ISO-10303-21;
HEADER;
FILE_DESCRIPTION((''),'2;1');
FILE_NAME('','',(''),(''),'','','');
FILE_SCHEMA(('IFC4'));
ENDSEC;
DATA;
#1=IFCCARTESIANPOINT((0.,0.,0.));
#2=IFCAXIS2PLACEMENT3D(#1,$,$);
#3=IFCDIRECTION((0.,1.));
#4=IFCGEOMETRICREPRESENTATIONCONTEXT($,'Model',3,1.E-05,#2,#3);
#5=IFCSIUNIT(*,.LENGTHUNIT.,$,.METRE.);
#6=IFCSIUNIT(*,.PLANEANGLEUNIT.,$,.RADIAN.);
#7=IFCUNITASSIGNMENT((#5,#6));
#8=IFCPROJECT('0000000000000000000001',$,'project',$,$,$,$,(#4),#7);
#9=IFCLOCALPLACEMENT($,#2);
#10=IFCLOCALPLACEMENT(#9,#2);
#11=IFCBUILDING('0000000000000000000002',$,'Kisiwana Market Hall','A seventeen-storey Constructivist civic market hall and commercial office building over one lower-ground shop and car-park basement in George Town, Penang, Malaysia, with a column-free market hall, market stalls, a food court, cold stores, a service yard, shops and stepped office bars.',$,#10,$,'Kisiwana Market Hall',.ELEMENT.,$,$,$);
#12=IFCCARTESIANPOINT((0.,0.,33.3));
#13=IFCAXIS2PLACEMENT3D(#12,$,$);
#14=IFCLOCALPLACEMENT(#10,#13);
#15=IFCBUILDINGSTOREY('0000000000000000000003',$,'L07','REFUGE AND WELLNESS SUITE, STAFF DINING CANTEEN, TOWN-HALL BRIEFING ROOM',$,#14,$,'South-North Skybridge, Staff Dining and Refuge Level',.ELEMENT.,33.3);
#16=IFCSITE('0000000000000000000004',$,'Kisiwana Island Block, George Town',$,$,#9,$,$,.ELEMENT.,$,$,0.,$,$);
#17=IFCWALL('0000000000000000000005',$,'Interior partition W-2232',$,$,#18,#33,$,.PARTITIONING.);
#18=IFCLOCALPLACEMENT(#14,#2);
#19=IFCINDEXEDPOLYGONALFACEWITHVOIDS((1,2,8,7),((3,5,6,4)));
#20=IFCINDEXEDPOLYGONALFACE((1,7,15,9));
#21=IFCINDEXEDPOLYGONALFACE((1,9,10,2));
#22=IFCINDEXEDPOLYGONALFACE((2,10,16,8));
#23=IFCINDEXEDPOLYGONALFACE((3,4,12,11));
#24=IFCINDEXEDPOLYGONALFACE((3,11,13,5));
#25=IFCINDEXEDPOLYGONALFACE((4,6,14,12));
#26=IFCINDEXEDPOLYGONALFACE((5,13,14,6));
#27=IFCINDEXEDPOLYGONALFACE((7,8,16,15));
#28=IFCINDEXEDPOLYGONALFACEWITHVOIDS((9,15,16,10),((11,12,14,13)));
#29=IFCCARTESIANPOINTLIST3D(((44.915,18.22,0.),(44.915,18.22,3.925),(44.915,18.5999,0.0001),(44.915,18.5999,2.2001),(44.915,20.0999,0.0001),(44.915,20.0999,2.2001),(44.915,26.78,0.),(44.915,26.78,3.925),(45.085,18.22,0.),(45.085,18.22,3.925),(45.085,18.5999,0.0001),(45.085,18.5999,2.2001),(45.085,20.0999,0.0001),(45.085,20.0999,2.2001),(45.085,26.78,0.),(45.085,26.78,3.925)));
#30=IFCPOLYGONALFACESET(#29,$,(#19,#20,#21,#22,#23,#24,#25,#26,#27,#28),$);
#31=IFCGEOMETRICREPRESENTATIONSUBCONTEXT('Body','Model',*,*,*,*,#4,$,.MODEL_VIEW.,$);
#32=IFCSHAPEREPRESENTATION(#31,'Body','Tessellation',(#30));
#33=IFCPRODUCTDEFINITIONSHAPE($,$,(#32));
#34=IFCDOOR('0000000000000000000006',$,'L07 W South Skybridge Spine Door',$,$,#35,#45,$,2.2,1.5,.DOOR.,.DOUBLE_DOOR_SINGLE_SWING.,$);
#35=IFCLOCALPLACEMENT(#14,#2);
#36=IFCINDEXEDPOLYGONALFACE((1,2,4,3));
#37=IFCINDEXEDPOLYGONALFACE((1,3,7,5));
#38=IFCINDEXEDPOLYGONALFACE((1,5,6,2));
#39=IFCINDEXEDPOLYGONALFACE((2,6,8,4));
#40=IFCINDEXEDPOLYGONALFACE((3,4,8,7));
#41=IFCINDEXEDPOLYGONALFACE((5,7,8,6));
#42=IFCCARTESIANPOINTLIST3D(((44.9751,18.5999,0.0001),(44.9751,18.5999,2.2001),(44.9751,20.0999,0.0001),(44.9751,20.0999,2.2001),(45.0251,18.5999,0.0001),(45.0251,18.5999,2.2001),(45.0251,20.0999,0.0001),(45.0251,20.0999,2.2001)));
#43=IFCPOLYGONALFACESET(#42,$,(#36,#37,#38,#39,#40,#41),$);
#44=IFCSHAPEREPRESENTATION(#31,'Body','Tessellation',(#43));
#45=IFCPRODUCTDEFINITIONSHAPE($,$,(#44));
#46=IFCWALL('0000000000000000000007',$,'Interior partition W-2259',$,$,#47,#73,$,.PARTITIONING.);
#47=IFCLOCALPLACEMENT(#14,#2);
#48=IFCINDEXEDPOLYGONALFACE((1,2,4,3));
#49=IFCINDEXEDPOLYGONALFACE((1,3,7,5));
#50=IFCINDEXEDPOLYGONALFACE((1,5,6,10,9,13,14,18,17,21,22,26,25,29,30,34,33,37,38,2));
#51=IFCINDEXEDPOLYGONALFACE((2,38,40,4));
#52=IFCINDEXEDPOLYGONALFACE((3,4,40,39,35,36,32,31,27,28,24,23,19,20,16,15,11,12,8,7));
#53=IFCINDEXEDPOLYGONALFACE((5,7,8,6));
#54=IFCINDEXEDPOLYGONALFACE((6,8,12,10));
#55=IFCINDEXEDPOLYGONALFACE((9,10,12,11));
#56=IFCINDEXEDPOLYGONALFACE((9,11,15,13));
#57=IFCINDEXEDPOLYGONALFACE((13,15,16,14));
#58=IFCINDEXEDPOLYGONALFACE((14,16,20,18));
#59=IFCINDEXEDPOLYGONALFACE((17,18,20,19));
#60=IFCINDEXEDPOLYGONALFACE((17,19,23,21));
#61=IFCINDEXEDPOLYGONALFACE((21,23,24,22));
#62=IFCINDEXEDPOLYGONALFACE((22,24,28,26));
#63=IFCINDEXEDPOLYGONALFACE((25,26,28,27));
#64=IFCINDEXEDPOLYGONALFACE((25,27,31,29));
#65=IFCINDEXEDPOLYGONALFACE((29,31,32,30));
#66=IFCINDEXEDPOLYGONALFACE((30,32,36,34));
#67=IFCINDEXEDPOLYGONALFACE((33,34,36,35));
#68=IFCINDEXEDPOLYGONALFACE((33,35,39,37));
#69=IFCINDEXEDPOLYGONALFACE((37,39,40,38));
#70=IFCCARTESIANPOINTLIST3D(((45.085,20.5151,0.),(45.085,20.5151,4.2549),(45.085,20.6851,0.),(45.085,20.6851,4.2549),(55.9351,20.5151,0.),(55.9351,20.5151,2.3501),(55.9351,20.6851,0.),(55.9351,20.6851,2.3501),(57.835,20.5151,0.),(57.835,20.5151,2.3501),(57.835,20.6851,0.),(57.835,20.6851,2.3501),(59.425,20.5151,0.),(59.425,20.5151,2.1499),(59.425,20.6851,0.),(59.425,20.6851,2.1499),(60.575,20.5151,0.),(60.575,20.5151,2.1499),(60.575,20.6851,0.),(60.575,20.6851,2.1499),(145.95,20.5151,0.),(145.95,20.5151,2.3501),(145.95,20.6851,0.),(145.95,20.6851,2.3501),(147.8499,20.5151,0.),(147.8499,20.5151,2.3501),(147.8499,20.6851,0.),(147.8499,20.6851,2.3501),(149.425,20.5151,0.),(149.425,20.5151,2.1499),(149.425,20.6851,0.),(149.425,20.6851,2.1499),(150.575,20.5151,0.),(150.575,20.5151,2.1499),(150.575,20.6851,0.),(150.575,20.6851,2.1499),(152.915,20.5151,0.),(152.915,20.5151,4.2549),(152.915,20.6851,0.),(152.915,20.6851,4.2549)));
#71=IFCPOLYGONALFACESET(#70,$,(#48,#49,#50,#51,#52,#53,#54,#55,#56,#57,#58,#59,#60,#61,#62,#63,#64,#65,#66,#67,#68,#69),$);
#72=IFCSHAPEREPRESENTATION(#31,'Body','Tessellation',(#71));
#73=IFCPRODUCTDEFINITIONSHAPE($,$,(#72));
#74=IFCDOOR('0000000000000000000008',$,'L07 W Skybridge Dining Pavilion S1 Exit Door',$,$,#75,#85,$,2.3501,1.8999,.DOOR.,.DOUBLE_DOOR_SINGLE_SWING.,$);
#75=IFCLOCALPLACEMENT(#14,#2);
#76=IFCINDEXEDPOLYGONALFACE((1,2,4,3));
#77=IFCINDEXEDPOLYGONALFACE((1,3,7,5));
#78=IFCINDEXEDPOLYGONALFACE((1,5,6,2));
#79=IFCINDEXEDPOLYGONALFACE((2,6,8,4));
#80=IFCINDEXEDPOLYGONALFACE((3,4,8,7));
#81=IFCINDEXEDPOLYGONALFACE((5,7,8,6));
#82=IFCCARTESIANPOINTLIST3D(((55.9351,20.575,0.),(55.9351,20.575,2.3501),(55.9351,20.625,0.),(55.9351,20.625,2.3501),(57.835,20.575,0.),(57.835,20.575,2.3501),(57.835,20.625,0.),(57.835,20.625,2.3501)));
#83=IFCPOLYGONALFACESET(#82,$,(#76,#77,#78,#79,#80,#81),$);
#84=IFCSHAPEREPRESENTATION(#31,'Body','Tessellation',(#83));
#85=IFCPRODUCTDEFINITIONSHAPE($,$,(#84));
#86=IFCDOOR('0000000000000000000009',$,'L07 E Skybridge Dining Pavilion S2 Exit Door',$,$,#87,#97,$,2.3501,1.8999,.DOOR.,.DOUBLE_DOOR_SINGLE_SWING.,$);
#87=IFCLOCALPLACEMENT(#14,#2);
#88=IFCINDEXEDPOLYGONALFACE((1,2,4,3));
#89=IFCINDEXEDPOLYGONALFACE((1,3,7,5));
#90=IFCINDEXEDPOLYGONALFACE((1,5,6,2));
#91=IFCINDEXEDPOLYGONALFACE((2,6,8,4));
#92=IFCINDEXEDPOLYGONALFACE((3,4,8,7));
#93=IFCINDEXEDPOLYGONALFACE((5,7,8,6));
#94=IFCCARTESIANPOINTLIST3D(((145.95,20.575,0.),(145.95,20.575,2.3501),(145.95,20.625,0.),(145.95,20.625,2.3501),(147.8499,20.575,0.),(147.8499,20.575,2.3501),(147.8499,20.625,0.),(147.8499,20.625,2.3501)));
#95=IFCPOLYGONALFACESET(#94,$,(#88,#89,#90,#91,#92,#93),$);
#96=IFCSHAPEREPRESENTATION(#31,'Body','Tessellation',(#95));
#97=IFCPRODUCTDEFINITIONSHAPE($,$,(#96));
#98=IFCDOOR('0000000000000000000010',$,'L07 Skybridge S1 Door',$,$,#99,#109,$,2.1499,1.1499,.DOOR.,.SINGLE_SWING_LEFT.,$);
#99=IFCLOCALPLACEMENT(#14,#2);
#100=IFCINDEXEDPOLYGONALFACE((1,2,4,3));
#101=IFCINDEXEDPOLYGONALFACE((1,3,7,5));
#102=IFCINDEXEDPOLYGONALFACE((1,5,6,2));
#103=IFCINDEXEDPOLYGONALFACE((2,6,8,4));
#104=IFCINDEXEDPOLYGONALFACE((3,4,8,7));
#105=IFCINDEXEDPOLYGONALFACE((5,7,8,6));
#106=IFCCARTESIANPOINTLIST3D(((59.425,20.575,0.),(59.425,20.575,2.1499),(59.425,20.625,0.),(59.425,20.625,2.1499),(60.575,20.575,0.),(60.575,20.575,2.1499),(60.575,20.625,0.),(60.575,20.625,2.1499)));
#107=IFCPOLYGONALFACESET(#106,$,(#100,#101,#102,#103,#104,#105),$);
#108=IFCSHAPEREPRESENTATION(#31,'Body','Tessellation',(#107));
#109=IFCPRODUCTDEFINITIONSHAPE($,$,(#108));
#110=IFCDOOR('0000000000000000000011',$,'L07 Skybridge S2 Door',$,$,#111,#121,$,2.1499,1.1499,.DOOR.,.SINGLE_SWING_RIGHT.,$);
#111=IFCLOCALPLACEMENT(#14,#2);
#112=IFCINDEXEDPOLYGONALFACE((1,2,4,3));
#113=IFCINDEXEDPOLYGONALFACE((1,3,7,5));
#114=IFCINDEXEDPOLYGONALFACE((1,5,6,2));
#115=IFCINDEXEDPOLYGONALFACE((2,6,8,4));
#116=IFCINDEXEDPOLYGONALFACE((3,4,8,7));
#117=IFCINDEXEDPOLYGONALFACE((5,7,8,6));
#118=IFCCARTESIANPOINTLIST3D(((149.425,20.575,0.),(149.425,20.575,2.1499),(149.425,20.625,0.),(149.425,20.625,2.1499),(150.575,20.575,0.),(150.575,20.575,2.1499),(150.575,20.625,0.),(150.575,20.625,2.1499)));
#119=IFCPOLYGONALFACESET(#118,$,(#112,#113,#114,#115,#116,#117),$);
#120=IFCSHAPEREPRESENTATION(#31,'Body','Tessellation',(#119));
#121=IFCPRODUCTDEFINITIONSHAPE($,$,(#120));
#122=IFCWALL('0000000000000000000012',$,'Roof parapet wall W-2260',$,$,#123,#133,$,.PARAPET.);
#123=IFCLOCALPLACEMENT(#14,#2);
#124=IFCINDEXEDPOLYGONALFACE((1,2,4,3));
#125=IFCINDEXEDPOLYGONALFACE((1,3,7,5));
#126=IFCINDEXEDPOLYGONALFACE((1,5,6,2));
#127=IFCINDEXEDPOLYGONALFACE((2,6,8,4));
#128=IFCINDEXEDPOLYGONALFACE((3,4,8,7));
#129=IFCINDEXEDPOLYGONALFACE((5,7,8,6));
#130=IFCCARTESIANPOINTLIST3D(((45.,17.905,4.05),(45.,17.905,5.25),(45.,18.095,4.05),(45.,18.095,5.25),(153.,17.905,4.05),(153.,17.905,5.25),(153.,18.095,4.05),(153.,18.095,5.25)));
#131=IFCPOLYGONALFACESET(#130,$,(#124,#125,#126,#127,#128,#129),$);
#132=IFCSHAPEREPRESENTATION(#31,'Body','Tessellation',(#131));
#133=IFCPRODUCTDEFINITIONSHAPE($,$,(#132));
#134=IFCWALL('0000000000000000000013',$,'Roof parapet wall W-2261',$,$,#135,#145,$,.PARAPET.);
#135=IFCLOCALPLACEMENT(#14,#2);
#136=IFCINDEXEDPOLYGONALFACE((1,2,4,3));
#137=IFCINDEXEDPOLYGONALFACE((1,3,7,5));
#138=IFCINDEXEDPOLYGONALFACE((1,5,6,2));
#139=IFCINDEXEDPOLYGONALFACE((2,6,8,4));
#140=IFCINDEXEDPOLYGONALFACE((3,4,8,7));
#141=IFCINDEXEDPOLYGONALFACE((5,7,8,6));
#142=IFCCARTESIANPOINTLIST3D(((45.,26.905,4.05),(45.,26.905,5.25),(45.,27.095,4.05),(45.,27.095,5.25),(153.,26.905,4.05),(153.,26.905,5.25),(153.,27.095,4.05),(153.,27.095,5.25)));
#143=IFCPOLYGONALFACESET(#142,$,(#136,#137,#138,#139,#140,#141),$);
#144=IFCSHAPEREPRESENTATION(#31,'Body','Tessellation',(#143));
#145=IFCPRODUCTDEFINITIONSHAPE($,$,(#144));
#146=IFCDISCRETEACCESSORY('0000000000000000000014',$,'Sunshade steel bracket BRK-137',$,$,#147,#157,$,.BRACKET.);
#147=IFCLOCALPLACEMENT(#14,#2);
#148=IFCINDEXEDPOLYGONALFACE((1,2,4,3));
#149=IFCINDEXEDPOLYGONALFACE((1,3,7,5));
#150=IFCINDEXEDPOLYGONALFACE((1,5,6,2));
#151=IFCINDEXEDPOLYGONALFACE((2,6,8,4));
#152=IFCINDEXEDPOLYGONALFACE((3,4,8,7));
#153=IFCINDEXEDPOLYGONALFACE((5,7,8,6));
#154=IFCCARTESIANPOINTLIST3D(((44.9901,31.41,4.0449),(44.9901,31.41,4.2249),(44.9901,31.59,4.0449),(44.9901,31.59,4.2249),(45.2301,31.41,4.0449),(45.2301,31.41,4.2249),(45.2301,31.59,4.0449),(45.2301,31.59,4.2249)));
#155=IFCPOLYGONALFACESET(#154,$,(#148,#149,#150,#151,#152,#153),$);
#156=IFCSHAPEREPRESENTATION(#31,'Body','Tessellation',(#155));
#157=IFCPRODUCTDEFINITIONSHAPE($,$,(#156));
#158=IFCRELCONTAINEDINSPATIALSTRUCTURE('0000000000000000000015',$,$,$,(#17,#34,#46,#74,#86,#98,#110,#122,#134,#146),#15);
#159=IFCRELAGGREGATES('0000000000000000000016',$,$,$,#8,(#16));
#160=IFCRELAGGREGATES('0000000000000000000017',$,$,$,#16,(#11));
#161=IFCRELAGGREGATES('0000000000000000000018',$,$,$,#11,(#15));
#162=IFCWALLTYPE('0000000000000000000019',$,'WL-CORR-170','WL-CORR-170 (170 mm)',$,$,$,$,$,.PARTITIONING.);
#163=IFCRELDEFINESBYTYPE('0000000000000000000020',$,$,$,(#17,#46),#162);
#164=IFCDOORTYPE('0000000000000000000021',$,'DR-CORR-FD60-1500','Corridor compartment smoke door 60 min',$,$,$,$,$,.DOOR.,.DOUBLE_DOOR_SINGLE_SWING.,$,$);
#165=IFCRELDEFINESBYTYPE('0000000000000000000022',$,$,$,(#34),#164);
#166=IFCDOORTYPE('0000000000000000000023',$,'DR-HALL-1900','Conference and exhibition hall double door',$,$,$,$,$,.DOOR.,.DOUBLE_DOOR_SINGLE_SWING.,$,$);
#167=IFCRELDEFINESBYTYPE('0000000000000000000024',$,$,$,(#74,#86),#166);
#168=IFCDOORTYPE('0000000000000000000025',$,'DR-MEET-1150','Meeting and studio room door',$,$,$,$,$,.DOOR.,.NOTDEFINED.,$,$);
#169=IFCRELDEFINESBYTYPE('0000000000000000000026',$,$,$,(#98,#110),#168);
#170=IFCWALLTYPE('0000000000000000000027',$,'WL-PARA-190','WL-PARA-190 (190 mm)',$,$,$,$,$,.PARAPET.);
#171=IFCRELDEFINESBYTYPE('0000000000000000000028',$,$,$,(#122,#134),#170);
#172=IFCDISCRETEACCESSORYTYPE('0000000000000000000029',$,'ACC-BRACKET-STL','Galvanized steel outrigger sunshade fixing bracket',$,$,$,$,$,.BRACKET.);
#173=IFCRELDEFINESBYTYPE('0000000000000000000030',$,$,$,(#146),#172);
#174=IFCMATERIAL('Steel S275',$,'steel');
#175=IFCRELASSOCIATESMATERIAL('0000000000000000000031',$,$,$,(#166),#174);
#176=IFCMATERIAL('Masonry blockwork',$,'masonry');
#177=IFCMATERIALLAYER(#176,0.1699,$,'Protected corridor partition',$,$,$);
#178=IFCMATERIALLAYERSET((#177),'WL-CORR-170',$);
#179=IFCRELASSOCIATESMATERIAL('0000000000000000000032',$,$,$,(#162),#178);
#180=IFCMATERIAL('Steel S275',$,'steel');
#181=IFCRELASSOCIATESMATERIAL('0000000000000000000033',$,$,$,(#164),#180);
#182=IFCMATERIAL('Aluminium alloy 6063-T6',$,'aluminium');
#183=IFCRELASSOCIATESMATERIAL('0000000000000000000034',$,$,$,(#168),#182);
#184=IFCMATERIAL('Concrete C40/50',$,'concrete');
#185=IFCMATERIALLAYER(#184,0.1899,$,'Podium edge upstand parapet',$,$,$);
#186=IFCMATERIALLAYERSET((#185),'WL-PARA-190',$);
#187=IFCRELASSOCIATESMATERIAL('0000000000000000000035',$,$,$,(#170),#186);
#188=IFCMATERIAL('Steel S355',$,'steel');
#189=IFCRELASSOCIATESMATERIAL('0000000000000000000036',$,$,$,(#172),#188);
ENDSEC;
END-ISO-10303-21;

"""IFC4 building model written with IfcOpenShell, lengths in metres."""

from ifc_helpers import new_model, si_unit, direction, frame, frame_2d, origin, origin_2d, place, context, subcontext, project, spatial, rectangle, extrude, material, layer, layer_set, type_object, element, fill, save


model = new_model("IFC4")

# Units and contexts
model_context = context("Model", 3, precision=1e-05, world=origin(), true_north=direction((0.0, 1.0)))
body_context = subcontext(model_context, "Body", "Model", "MODEL_VIEW")
ifc_project = project(units=[si_unit("LENGTHUNIT", "METRE"), si_unit("PLANEANGLEUNIT", "RADIAN")], contexts=[model_context])

# Site, building, storey
site_placement = place(None, origin())
site = spatial("IfcSite", under=ifc_project, at=site_placement, Name="Kisiwana Island Block, George Town", CompositionType="ELEMENT", RefElevation=0.0)
building_placement = place(site_placement, origin())
building = spatial("IfcBuilding", under=site, at=building_placement, Name="Kisiwana Market Hall", Description="A seventeen-storey Constructivist civic market hall and commercial office building over one lower-ground shop and car-park basement in George Town, Penang, Malaysia, with a column-free market hall, market stalls, a food court, cold stores, a service yard, shops and stepped office bars.", LongName="Kisiwana Market Hall", CompositionType="ELEMENT")
storey_placement = place(building_placement, frame((0.0, 0.0, 33.3)))
storey = spatial("IfcBuildingStorey", under=building, at=storey_placement, Name="L07", Description="REFUGE AND WELLNESS SUITE, STAFF DINING CANTEEN, TOWN-HALL BRIEFING ROOM", LongName="South-North Skybridge, Staff Dining and Refuge Level", CompositionType="ELEMENT", Elevation=33.3)

# Wall, opening, door
ifc_material_1 = material(Name="Steel S275", Category="steel")
door_type_1 = type_object("IfcDoorType", Name="DR-HALL-1900", Description="Conference and exhibition hall double door", OperationType="DOUBLE_DOOR_SINGLE_SWING", PredefinedType="DOOR", material=ifc_material_1)
ifc_material_2 = material(Name="Masonry blockwork", Category="masonry")
ifc_layer_1 = layer(ifc_material_2, 0.1699, Name="Protected corridor partition")
ifc_layer_set_1 = layer_set([ifc_layer_1], Name="WL-CORR-170")
wall_type_1 = type_object("IfcWallType", Name="WL-CORR-170", Description="WL-CORR-170 (170 mm)", PredefinedType="PARTITIONING", material=ifc_layer_set_1)
wall_1_placement = place(storey_placement, frame((45.0, 18.22, 0.0), z_axis=(0.0, 0.0, 1.0), x_axis=(0.0, 1.0, 0.0)))
wall_1 = element("IfcWall", 1, at=wall_1_placement, inside=storey, type_object=wall_type_1, Name="Interior partition W-2232", PredefinedType="PARTITIONING", context=body_context, shape_type="SweptSolid", body=[
    extrude(rectangle(XDim=8.5601, YDim=0.1699, at=frame_2d((4.28, 0.0))), origin(), (0.0, 0.0, 1.0), 3.925),
])
opening_1_placement = place(wall_1_placement, frame((0.3799, 0.0, 0.0)))
opening_1 = element("IfcOpeningElement", 2, at=opening_1_placement, cuts=wall_1, PredefinedType="OPENING", context=body_context, shape_type="SweptSolid", body=[
    extrude(rectangle(XDim=1.5, YDim=2.2, at=frame_2d((0.75, 1.1001))), frame((0.0, 0.0969, 0.0), z_axis=(0.0, -1.0, 0.0), x_axis=(1.0, 0.0, 0.0)), (0.0, 0.0, 1.0), 0.1938),
])
ifc_material_3 = material(Name="Steel S275", Category="steel")
door_type_2 = type_object("IfcDoorType", Name="DR-CORR-FD60-1500", Description="Corridor compartment smoke door 60 min", OperationType="DOUBLE_DOOR_SINGLE_SWING", PredefinedType="DOOR", material=ifc_material_3)
door_1_placement = place(opening_1_placement, origin())
door_1 = element("IfcDoor", 3, at=door_1_placement, inside=storey, type_object=door_type_2, Name="L07 W South Skybridge Spine Door", OperationType="DOUBLE_DOOR_SINGLE_SWING", OverallHeight=2.2, OverallWidth=1.5, PredefinedType="DOOR", context=body_context, shape_type="SweptSolid", body=[
    extrude(rectangle(XDim=1.5, YDim=2.2, at=frame_2d((0.75, 1.1001))), frame((0.0, 0.0249, 0.0), z_axis=(0.0, -1.0, 0.0), x_axis=(1.0, 0.0, 0.0)), (0.0, 0.0, 1.0), 0.05),
])
fill(opening_1, door_1)

# Wall, openings, doors
wall_2_placement = place(storey_placement, frame((45.085, 20.6001, 0.0), z_axis=(0.0, 0.0, 1.0), x_axis=(1.0, 0.0, 0.0)))
wall_2 = element("IfcWall", 4, at=wall_2_placement, inside=storey, type_object=wall_type_1, Name="Interior partition W-2259", PredefinedType="PARTITIONING", context=body_context, shape_type="SweptSolid", body=[
    extrude(rectangle(XDim=107.8301, YDim=0.1699, at=frame_2d((53.915, 0.0))), origin(), (0.0, 0.0, 1.0), 4.2549),
])
opening_2_placement = place(wall_2_placement, frame((14.3401, 0.0, 0.0)))
opening_2 = element("IfcOpeningElement", 5, at=opening_2_placement, cuts=wall_2, PredefinedType="OPENING", context=body_context, shape_type="SweptSolid", body=[
    extrude(rectangle(XDim=1.1499, YDim=2.1499, at=frame_2d((0.575, 1.075))), frame((0.0, 0.0969, 0.0), z_axis=(0.0, -1.0, 0.0), x_axis=(1.0, 0.0, 0.0)), (0.0, 0.0, 1.0), 0.1938),
])
opening_3_placement = place(wall_2_placement, frame((104.3401, 0.0, 0.0)))
opening_3 = element("IfcOpeningElement", 6, at=opening_3_placement, cuts=wall_2, PredefinedType="OPENING", context=body_context, shape_type="SweptSolid", body=[
    extrude(rectangle(XDim=1.1499, YDim=2.1499, at=frame_2d((0.575, 1.075))), frame((0.0, 0.0969, 0.0), z_axis=(0.0, -1.0, 0.0), x_axis=(1.0, 0.0, 0.0)), (0.0, 0.0, 1.0), 0.1938),
])
opening_4_placement = place(wall_2_placement, frame((10.8501, 0.0, 0.0)))
opening_4 = element("IfcOpeningElement", 7, at=opening_4_placement, cuts=wall_2, PredefinedType="OPENING", context=body_context, shape_type="SweptSolid", body=[
    extrude(rectangle(XDim=1.8999, YDim=2.3501, at=frame_2d((0.95, 1.175))), frame((0.0, 0.0969, 0.0), z_axis=(0.0, -1.0, 0.0), x_axis=(1.0, 0.0, 0.0)), (0.0, 0.0, 1.0), 0.1938),
])
opening_5_placement = place(wall_2_placement, frame((100.865, 0.0, 0.0)))
opening_5 = element("IfcOpeningElement", 8, at=opening_5_placement, cuts=wall_2, PredefinedType="OPENING", context=body_context, shape_type="SweptSolid", body=[
    extrude(rectangle(XDim=1.8999, YDim=2.3501, at=frame_2d((0.95, 1.175))), frame((0.0, 0.0969, 0.0), z_axis=(0.0, -1.0, 0.0), x_axis=(1.0, 0.0, 0.0)), (0.0, 0.0, 1.0), 0.1938),
])
door_2_placement = place(opening_4_placement, origin())
door_2 = element("IfcDoor", 9, at=door_2_placement, inside=storey, type_object=door_type_1, Name="L07 W Skybridge Dining Pavilion S1 Exit Door", OperationType="DOUBLE_DOOR_SINGLE_SWING", OverallHeight=2.3501, OverallWidth=1.8999, PredefinedType="DOOR", context=body_context, shape_type="SweptSolid", body=[
    extrude(rectangle(XDim=1.8999, YDim=2.3501, at=frame_2d((0.95, 1.175))), frame((0.0, 0.0249, 0.0), z_axis=(0.0, -1.0, 0.0), x_axis=(1.0, 0.0, 0.0)), (0.0, 0.0, 1.0), 0.05),
])
fill(opening_4, door_2)
door_3_placement = place(opening_5_placement, origin())
door_3 = element("IfcDoor", 10, at=door_3_placement, inside=storey, type_object=door_type_1, Name="L07 E Skybridge Dining Pavilion S2 Exit Door", OperationType="DOUBLE_DOOR_SINGLE_SWING", OverallHeight=2.3501, OverallWidth=1.8999, PredefinedType="DOOR", context=body_context, shape_type="SweptSolid", body=[
    extrude(rectangle(XDim=1.8999, YDim=2.3501, at=frame_2d((0.95, 1.175))), frame((0.0, 0.0249, 0.0), z_axis=(0.0, -1.0, 0.0), x_axis=(1.0, 0.0, 0.0)), (0.0, 0.0, 1.0), 0.05),
])
fill(opening_5, door_3)
ifc_material_4 = material(Name="Aluminium alloy 6063-T6", Category="aluminium")
door_type_3 = type_object("IfcDoorType", Name="DR-MEET-1150", Description="Meeting and studio room door", OperationType="NOTDEFINED", PredefinedType="DOOR", material=ifc_material_4)
door_4_placement = place(opening_2_placement, origin())
door_4 = element("IfcDoor", 11, at=door_4_placement, inside=storey, type_object=door_type_3, Name="L07 Skybridge S1 Door", OperationType="SINGLE_SWING_LEFT", OverallHeight=2.1499, OverallWidth=1.1499, PredefinedType="DOOR", context=body_context, shape_type="SweptSolid", body=[
    extrude(rectangle(XDim=1.1499, YDim=2.1499, at=frame_2d((0.575, 1.075))), frame((0.0, 0.0249, 0.0), z_axis=(0.0, -1.0, 0.0), x_axis=(1.0, 0.0, 0.0)), (0.0, 0.0, 1.0), 0.05),
])
fill(opening_2, door_4)
door_5_placement = place(opening_3_placement, origin())
door_5 = element("IfcDoor", 12, at=door_5_placement, inside=storey, type_object=door_type_3, Name="L07 Skybridge S2 Door", OperationType="SINGLE_SWING_RIGHT", OverallHeight=2.1499, OverallWidth=1.1499, PredefinedType="DOOR", context=body_context, shape_type="SweptSolid", body=[
    extrude(rectangle(XDim=1.1499, YDim=2.1499, at=frame_2d((0.575, 1.075))), frame((0.0, 0.0249, 0.0), z_axis=(0.0, -1.0, 0.0), x_axis=(1.0, 0.0, 0.0)), (0.0, 0.0, 1.0), 0.05),
])
fill(opening_3, door_5)

# Walls
ifc_material_5 = material(Name="Concrete C40/50", Category="concrete")
ifc_layer_2 = layer(ifc_material_5, 0.1899, Name="Podium edge upstand parapet")
ifc_layer_set_2 = layer_set([ifc_layer_2], Name="WL-PARA-190")
wall_type_2 = type_object("IfcWallType", Name="WL-PARA-190", Description="WL-PARA-190 (190 mm)", PredefinedType="PARAPET", material=ifc_layer_set_2)
for number, where, z_axis, x_axis, name in (
    (13, (45.0, 18.0, 4.05), (0.0, 0.0, 1.0), (1.0, 0.0, 0.0), "Roof parapet wall W-2260"),
    (14, (45.0, 27.0, 4.05), (0.0, 0.0, 1.0), (1.0, 0.0, 0.0), "Roof parapet wall W-2261"),
):
    element("IfcWall", number, at=place(storey_placement, frame(where, z_axis=z_axis, x_axis=x_axis)), inside=storey, type_object=wall_type_2, Name=name, PredefinedType="PARAPET", context=body_context, shape_type="SweptSolid", body=[
        extrude(rectangle(XDim=108.0, YDim=0.1899, at=frame_2d((54.0, 0.0))), origin(), (0.0, 0.0, 1.0), 1.2),
    ])

# Discrete accessory
ifc_material_6 = material(Name="Steel S355", Category="steel")
discrete_accessory_type = type_object("IfcDiscreteAccessoryType", Name="ACC-BRACKET-STL", Description="Galvanized steel outrigger sunshade fixing bracket", PredefinedType="BRACKET", material=ifc_material_6)
discrete_accessory_placement = place(storey_placement, frame((45.1101, 31.5, 4.0449), z_axis=(0.0, 0.0, 1.0), x_axis=(0.0, 1.0, 0.0)))
element("IfcDiscreteAccessory", 15, at=discrete_accessory_placement, inside=storey, type_object=discrete_accessory_type, Name="Sunshade steel bracket BRK-137", PredefinedType="BRACKET", context=body_context, shape_type="SweptSolid", body=[
    extrude(rectangle(XDim=0.1799, YDim=0.24, at=origin_2d()), origin(), (0.0, 0.0, 1.0), 0.1799),
])

save(model, "model.ifc")
